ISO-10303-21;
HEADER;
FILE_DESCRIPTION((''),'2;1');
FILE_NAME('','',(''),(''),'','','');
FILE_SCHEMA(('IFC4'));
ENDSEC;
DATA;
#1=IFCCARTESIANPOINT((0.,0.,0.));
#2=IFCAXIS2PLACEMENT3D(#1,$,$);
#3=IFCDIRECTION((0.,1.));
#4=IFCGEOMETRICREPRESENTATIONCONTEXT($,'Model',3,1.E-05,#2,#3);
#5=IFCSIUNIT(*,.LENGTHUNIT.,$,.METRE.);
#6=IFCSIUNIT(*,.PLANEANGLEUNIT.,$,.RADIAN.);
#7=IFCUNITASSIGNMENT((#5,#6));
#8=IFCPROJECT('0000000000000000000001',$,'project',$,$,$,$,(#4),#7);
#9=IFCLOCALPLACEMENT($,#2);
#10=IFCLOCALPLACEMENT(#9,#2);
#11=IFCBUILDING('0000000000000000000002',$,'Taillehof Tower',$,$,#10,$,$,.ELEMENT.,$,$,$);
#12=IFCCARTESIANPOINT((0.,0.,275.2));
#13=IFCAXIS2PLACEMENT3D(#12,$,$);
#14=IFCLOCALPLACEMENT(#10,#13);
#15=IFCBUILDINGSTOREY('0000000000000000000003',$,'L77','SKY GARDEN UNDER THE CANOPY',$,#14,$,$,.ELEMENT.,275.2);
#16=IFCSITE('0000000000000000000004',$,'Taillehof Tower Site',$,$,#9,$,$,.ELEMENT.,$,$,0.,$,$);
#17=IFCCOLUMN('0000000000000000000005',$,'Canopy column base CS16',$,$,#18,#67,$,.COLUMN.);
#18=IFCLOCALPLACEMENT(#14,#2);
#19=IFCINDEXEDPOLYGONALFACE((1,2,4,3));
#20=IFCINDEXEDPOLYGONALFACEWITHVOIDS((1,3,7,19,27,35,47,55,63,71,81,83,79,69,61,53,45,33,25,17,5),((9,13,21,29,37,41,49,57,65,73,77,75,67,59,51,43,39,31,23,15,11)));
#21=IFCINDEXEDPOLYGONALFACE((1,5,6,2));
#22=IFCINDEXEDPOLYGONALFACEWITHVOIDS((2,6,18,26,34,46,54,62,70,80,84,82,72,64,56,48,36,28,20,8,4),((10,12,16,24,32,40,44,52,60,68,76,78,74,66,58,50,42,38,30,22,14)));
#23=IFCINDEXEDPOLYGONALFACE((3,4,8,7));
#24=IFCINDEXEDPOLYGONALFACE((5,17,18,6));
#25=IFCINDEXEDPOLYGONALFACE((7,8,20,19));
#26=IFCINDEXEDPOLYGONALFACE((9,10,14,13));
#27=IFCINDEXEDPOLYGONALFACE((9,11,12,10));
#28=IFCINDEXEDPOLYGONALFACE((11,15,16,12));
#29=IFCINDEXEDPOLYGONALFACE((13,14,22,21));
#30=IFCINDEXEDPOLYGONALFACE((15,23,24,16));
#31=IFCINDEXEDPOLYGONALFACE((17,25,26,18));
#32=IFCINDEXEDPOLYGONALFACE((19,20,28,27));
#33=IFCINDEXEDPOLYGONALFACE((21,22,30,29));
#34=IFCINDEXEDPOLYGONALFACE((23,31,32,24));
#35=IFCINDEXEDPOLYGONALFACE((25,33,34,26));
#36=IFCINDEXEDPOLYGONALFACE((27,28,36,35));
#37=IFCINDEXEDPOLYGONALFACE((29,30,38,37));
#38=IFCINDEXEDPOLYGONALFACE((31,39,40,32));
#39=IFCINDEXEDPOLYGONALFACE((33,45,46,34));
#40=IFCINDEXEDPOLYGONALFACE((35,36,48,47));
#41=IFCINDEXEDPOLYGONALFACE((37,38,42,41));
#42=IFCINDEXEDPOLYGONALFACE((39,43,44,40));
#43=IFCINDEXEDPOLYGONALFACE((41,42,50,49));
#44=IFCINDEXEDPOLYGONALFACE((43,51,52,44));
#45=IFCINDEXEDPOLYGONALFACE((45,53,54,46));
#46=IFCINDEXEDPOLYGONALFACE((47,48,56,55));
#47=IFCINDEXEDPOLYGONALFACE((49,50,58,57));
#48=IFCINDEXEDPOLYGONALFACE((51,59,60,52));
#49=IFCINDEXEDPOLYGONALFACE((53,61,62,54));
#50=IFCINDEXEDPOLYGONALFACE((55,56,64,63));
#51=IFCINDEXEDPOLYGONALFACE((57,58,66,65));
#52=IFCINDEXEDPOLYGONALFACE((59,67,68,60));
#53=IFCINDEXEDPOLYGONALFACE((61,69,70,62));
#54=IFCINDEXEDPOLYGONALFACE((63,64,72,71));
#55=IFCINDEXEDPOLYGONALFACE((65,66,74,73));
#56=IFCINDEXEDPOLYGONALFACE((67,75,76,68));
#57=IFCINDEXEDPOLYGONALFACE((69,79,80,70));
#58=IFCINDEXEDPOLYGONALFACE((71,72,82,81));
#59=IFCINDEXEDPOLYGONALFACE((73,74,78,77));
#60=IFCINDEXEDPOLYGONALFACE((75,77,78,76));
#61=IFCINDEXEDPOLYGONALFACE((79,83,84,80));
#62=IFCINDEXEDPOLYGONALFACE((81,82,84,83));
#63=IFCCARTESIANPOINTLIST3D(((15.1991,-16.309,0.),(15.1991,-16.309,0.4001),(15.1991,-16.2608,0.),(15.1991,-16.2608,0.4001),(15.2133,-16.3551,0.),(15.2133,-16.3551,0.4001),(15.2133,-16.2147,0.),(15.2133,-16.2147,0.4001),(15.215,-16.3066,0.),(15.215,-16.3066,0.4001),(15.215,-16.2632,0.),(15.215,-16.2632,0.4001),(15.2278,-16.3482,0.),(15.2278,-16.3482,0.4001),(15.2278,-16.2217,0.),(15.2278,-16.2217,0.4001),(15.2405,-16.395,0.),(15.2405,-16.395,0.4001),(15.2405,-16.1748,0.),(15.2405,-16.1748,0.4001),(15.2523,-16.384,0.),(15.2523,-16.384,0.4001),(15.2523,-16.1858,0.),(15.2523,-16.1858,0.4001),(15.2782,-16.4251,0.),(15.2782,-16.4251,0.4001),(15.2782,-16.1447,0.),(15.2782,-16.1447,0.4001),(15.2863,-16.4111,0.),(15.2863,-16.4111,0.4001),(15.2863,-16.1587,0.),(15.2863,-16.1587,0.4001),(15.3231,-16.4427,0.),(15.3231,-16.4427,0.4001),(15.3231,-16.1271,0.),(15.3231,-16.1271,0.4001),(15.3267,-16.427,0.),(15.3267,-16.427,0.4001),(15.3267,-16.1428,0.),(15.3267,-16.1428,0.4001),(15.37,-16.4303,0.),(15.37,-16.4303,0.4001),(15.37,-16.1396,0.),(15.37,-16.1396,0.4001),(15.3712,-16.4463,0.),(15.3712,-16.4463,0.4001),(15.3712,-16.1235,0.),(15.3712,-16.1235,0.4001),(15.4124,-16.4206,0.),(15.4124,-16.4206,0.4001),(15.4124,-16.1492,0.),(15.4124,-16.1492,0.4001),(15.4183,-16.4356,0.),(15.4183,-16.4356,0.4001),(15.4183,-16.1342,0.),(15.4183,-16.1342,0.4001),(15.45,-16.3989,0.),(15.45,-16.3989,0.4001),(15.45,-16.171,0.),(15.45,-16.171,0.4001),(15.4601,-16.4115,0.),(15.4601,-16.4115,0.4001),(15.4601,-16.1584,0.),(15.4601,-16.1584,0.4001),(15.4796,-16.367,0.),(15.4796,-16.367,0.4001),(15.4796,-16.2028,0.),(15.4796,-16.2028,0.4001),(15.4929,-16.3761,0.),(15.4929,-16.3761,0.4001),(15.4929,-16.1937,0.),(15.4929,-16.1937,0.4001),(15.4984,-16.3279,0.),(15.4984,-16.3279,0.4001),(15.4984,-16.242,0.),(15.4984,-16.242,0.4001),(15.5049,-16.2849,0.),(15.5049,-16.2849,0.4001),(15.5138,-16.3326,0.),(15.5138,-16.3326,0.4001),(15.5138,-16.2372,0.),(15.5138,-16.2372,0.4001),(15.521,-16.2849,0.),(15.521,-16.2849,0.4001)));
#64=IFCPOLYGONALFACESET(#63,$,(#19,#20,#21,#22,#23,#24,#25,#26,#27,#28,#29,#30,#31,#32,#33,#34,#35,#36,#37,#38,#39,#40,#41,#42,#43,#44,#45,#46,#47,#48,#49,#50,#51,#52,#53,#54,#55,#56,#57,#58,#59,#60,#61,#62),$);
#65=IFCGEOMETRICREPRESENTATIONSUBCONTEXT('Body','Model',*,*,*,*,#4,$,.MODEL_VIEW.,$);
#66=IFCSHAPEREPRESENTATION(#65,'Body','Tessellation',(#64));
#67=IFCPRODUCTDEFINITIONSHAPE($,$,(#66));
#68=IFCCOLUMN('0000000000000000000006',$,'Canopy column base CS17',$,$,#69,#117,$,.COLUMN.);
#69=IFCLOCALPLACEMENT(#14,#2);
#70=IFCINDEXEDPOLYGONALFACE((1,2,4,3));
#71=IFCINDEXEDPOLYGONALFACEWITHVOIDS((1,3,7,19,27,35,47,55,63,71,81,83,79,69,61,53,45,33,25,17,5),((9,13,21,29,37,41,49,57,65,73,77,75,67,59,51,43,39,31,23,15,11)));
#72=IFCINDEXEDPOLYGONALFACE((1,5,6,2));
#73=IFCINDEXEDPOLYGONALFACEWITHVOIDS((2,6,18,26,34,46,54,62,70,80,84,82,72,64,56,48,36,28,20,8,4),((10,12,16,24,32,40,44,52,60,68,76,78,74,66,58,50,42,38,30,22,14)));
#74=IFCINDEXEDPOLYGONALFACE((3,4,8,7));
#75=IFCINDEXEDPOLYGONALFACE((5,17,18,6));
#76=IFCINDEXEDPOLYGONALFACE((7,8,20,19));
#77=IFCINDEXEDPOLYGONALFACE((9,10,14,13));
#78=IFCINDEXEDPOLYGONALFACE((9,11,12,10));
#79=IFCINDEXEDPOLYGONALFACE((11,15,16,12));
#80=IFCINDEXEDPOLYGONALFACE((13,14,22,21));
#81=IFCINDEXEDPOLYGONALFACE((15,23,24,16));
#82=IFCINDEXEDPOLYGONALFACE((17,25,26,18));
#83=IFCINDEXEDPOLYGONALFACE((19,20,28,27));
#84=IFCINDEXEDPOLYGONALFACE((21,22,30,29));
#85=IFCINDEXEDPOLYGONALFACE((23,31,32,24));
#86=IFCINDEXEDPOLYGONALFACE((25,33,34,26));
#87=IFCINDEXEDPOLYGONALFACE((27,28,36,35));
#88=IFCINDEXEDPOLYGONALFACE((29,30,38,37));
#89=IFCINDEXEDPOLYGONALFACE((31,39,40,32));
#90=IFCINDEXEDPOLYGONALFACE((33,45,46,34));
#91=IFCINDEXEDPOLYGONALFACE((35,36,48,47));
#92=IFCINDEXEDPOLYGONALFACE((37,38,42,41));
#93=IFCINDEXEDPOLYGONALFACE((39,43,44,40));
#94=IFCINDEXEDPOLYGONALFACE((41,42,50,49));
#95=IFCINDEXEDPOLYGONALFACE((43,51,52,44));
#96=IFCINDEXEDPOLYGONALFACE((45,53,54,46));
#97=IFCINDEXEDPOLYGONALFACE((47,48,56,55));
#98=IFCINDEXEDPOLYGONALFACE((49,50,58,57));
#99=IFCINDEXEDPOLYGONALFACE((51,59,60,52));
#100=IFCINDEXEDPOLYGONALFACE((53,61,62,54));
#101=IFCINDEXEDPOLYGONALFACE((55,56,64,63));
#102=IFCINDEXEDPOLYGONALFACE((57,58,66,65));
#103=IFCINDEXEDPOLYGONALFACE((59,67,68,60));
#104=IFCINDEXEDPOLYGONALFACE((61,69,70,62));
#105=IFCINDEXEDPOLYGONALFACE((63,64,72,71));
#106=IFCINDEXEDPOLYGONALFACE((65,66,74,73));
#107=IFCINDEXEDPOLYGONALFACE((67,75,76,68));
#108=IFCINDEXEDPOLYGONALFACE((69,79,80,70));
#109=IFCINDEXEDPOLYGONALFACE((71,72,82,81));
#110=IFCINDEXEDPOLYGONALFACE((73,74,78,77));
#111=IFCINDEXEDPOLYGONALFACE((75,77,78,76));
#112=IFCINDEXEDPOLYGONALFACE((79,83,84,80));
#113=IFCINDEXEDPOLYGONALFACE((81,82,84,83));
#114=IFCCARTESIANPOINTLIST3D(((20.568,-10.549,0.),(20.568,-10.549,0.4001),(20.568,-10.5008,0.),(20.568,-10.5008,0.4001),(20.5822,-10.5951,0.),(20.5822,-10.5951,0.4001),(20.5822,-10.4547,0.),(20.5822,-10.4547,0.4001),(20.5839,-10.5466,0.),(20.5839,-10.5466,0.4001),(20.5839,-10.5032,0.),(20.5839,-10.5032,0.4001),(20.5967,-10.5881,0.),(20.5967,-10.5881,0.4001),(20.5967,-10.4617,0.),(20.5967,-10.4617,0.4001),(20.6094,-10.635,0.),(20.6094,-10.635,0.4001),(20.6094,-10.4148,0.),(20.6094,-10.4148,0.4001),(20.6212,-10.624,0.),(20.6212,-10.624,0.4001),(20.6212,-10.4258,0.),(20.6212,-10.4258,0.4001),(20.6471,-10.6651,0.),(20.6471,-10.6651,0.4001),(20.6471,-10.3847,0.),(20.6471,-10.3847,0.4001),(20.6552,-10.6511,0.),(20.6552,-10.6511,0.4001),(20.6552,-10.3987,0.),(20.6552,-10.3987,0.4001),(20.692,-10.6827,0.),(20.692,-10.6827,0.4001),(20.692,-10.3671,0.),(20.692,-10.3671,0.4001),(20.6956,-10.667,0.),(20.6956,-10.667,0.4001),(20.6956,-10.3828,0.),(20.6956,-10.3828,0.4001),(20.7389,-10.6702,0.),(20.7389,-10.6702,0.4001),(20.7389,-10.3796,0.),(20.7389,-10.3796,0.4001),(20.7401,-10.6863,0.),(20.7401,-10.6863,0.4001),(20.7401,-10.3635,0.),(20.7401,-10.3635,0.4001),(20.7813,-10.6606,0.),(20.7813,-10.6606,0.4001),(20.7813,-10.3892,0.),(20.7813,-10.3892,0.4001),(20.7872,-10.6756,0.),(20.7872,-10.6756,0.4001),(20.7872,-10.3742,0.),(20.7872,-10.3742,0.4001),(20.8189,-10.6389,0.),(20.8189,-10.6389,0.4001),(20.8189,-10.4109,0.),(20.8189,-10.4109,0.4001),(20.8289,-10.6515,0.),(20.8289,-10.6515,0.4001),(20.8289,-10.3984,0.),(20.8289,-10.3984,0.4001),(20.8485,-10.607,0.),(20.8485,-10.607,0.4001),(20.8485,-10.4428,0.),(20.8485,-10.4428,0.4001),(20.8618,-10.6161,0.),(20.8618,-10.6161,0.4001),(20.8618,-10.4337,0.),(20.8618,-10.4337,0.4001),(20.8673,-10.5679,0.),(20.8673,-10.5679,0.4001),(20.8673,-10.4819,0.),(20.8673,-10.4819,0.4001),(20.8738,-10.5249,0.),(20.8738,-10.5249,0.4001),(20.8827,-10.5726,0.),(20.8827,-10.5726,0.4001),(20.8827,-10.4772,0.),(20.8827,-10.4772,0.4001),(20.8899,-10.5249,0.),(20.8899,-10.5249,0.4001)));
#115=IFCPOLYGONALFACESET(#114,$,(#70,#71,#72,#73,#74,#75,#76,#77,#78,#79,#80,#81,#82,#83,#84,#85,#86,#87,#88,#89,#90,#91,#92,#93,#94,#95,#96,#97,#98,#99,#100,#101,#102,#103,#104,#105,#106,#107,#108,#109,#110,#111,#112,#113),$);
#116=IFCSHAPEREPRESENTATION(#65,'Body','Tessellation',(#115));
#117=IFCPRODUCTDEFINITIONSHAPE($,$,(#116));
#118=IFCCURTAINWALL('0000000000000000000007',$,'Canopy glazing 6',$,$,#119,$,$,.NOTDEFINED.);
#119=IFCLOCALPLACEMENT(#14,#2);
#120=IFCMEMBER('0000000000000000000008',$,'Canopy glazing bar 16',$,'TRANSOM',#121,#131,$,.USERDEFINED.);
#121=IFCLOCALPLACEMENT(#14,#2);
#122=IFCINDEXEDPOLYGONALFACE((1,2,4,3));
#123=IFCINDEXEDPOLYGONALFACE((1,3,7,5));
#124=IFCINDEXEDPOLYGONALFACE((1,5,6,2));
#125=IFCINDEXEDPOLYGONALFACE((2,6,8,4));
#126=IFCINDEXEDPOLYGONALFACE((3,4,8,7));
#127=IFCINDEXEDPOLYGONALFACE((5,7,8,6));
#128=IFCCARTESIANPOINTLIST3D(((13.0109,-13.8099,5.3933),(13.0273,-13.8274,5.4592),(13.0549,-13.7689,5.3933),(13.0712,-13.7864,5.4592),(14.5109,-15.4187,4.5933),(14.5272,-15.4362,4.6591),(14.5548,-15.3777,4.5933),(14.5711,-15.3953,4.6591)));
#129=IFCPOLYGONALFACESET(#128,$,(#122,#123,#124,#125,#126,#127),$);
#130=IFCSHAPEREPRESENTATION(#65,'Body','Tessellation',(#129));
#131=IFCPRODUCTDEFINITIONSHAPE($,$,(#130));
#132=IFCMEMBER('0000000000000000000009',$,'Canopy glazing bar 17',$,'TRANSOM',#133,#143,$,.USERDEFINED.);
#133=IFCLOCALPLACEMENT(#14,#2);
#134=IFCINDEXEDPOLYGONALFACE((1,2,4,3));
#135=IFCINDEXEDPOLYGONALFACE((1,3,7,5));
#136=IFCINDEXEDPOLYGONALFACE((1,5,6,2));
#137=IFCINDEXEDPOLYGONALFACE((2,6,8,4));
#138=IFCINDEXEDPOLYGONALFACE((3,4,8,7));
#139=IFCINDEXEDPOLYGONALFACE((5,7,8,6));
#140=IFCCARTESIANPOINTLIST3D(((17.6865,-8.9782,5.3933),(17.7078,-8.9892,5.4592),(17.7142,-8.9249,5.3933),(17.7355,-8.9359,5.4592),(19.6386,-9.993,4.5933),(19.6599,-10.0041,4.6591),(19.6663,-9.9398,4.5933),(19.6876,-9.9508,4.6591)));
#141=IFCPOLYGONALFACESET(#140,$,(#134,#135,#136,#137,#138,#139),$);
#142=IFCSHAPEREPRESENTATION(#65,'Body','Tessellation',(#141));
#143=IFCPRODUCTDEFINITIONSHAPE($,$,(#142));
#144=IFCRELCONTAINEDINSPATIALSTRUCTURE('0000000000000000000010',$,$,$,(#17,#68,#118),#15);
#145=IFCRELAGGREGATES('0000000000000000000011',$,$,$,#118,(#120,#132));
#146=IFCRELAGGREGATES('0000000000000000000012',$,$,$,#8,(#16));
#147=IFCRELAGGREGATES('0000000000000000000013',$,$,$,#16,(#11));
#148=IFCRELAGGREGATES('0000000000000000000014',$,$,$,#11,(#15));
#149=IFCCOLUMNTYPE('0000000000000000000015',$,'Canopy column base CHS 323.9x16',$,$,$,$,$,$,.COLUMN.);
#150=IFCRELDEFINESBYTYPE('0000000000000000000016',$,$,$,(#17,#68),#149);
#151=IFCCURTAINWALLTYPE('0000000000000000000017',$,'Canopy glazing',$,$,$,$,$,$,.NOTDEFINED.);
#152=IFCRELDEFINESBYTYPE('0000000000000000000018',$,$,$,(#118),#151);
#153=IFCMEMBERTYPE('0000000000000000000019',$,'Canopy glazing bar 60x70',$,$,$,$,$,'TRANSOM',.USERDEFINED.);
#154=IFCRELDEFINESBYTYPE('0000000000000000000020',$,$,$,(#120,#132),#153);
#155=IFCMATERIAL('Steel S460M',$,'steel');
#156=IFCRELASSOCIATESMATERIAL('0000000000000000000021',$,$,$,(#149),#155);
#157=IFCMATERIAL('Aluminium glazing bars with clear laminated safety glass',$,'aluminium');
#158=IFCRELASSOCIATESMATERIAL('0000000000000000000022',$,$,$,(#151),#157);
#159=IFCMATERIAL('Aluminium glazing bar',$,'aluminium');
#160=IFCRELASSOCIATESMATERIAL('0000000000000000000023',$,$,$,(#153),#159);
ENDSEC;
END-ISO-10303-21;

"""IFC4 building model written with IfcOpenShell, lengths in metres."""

from ifc_helpers import new_model, si_unit, direction, frame, origin, origin_2d, place, context, subcontext, project, spatial, rectangle, hollow_circle, extrude, material, material_profile, profile_set, type_object, element, aggregate, save


model = new_model("IFC4")

# Units and contexts
model_context = context("Model", 3, precision=1e-05, world=origin(), true_north=direction((0.0, 1.0)))
body_context = subcontext(model_context, "Body", "Model", "MODEL_VIEW")
ifc_project = project(units=[si_unit("LENGTHUNIT", "METRE"), si_unit("PLANEANGLEUNIT", "RADIAN")], contexts=[model_context])

# Site, building, storey
site_placement = place(None, origin())
site = spatial("IfcSite", under=ifc_project, at=site_placement, Name="Taillehof Tower Site", CompositionType="ELEMENT", RefElevation=0.0)
building_placement = place(site_placement, origin())
building = spatial("IfcBuilding", under=site, at=building_placement, Name="Taillehof Tower", CompositionType="ELEMENT")
storey_placement = place(building_placement, frame((0.0, 0.0, 275.2)))
storey = spatial("IfcBuildingStorey", under=building, at=storey_placement, Name="L77", Description="SKY GARDEN UNDER THE CANOPY", CompositionType="ELEMENT", Elevation=275.2)

# Columns
ifc_material_1 = material(Name="Steel S460M", Category="steel")
ifc_material_profile_1 = material_profile(ifc_material_1, hollow_circle(Radius=0.1619, WallThickness=0.0161, at=origin_2d()), Name="CHS 323.9x16")
ifc_profile_set_1 = profile_set([ifc_material_profile_1], Name="Steel S460M")
column_type = type_object("IfcColumnType", Name="Canopy column base CHS 323.9x16", PredefinedType="COLUMN", material=ifc_profile_set_1)
for number, where, z_axis, x_axis, name in (
    (1, (15.3591, -16.2849, 0.0), (0.0, 0.0, 1.0), (1.0, 0.0, 0.0), "Canopy column base CS16"),
    (2, (20.728, -10.5249, 0.0), (0.0, 0.0, 1.0), (1.0, 0.0, 0.0), "Canopy column base CS17"),
):
    element("IfcColumn", number, at=place(storey_placement, frame(where, z_axis=z_axis, x_axis=x_axis)), inside=storey, type_object=column_type, Name=name, PredefinedType="COLUMN", context=body_context, shape_type="SweptSolid", body=[
        extrude(hollow_circle(Radius=0.1619, WallThickness=0.0161, at=origin_2d()), origin(), (0.0, 0.0, 1.0), 0.4001),
    ])

# Curtain wall, members
ifc_material_2 = material(Name="Aluminium glazing bars with clear laminated safety glass", Category="aluminium")
curtain_wall_type = type_object("IfcCurtainWallType", Name="Canopy glazing", PredefinedType="NOTDEFINED", material=ifc_material_2)
curtain_wall_placement = place(storey_placement, origin())
curtain_wall = element("IfcCurtainWall", 3, at=curtain_wall_placement, inside=storey, type_object=curtain_wall_type, Name="Canopy glazing 6", PredefinedType="NOTDEFINED")
ifc_material_3 = material(Name="Aluminium glazing bar", Category="aluminium")
ifc_material_profile_2 = material_profile(ifc_material_3, rectangle(XDim=0.0601, YDim=0.0701, at=origin_2d()), Name="AL 60x70")
ifc_profile_set_2 = profile_set([ifc_material_profile_2], Name="Aluminium glazing bar")
member_type_1 = type_object("IfcMemberType", Name="Canopy glazing bar 60x70", ElementType="TRANSOM", PredefinedType="USERDEFINED", material=ifc_profile_set_2)
member_1_placement = place(storey_placement, frame((14.541, -15.407, 4.6262), z_axis=(-0.64085, 0.68737, 0.341808), x_axis=(-0.731424, -0.681923, 0.0)))
member_1 = element("IfcMember", 4, at=member_1_placement, type_object=member_type_1, Name="Canopy glazing bar 16", ObjectType="TRANSOM", PredefinedType="USERDEFINED", context=body_context, shape_type="SweptSolid", body=[
    extrude(rectangle(XDim=0.0601, YDim=0.0701, at=origin_2d()), origin(), (0.0, 0.0, 1.0), 2.3406),
])
member_2_placement = place(storey_placement, frame((19.6631, -9.9719, 4.6262), z_axis=(-0.833843, 0.433502, 0.341734), x_axis=(-0.461272, -0.887259, 0.0)))
member_2 = element("IfcMember", 5, at=member_2_placement, type_object=member_type_1, Name="Canopy glazing bar 17", ObjectType="TRANSOM", PredefinedType="USERDEFINED", context=body_context, shape_type="SweptSolid", body=[
    extrude(rectangle(XDim=0.0601, YDim=0.0701, at=origin_2d()), origin(), (0.0, 0.0, 1.0), 2.3411),
])
aggregate(curtain_wall, [member_1, member_2])

save(model, "model.ifc")
